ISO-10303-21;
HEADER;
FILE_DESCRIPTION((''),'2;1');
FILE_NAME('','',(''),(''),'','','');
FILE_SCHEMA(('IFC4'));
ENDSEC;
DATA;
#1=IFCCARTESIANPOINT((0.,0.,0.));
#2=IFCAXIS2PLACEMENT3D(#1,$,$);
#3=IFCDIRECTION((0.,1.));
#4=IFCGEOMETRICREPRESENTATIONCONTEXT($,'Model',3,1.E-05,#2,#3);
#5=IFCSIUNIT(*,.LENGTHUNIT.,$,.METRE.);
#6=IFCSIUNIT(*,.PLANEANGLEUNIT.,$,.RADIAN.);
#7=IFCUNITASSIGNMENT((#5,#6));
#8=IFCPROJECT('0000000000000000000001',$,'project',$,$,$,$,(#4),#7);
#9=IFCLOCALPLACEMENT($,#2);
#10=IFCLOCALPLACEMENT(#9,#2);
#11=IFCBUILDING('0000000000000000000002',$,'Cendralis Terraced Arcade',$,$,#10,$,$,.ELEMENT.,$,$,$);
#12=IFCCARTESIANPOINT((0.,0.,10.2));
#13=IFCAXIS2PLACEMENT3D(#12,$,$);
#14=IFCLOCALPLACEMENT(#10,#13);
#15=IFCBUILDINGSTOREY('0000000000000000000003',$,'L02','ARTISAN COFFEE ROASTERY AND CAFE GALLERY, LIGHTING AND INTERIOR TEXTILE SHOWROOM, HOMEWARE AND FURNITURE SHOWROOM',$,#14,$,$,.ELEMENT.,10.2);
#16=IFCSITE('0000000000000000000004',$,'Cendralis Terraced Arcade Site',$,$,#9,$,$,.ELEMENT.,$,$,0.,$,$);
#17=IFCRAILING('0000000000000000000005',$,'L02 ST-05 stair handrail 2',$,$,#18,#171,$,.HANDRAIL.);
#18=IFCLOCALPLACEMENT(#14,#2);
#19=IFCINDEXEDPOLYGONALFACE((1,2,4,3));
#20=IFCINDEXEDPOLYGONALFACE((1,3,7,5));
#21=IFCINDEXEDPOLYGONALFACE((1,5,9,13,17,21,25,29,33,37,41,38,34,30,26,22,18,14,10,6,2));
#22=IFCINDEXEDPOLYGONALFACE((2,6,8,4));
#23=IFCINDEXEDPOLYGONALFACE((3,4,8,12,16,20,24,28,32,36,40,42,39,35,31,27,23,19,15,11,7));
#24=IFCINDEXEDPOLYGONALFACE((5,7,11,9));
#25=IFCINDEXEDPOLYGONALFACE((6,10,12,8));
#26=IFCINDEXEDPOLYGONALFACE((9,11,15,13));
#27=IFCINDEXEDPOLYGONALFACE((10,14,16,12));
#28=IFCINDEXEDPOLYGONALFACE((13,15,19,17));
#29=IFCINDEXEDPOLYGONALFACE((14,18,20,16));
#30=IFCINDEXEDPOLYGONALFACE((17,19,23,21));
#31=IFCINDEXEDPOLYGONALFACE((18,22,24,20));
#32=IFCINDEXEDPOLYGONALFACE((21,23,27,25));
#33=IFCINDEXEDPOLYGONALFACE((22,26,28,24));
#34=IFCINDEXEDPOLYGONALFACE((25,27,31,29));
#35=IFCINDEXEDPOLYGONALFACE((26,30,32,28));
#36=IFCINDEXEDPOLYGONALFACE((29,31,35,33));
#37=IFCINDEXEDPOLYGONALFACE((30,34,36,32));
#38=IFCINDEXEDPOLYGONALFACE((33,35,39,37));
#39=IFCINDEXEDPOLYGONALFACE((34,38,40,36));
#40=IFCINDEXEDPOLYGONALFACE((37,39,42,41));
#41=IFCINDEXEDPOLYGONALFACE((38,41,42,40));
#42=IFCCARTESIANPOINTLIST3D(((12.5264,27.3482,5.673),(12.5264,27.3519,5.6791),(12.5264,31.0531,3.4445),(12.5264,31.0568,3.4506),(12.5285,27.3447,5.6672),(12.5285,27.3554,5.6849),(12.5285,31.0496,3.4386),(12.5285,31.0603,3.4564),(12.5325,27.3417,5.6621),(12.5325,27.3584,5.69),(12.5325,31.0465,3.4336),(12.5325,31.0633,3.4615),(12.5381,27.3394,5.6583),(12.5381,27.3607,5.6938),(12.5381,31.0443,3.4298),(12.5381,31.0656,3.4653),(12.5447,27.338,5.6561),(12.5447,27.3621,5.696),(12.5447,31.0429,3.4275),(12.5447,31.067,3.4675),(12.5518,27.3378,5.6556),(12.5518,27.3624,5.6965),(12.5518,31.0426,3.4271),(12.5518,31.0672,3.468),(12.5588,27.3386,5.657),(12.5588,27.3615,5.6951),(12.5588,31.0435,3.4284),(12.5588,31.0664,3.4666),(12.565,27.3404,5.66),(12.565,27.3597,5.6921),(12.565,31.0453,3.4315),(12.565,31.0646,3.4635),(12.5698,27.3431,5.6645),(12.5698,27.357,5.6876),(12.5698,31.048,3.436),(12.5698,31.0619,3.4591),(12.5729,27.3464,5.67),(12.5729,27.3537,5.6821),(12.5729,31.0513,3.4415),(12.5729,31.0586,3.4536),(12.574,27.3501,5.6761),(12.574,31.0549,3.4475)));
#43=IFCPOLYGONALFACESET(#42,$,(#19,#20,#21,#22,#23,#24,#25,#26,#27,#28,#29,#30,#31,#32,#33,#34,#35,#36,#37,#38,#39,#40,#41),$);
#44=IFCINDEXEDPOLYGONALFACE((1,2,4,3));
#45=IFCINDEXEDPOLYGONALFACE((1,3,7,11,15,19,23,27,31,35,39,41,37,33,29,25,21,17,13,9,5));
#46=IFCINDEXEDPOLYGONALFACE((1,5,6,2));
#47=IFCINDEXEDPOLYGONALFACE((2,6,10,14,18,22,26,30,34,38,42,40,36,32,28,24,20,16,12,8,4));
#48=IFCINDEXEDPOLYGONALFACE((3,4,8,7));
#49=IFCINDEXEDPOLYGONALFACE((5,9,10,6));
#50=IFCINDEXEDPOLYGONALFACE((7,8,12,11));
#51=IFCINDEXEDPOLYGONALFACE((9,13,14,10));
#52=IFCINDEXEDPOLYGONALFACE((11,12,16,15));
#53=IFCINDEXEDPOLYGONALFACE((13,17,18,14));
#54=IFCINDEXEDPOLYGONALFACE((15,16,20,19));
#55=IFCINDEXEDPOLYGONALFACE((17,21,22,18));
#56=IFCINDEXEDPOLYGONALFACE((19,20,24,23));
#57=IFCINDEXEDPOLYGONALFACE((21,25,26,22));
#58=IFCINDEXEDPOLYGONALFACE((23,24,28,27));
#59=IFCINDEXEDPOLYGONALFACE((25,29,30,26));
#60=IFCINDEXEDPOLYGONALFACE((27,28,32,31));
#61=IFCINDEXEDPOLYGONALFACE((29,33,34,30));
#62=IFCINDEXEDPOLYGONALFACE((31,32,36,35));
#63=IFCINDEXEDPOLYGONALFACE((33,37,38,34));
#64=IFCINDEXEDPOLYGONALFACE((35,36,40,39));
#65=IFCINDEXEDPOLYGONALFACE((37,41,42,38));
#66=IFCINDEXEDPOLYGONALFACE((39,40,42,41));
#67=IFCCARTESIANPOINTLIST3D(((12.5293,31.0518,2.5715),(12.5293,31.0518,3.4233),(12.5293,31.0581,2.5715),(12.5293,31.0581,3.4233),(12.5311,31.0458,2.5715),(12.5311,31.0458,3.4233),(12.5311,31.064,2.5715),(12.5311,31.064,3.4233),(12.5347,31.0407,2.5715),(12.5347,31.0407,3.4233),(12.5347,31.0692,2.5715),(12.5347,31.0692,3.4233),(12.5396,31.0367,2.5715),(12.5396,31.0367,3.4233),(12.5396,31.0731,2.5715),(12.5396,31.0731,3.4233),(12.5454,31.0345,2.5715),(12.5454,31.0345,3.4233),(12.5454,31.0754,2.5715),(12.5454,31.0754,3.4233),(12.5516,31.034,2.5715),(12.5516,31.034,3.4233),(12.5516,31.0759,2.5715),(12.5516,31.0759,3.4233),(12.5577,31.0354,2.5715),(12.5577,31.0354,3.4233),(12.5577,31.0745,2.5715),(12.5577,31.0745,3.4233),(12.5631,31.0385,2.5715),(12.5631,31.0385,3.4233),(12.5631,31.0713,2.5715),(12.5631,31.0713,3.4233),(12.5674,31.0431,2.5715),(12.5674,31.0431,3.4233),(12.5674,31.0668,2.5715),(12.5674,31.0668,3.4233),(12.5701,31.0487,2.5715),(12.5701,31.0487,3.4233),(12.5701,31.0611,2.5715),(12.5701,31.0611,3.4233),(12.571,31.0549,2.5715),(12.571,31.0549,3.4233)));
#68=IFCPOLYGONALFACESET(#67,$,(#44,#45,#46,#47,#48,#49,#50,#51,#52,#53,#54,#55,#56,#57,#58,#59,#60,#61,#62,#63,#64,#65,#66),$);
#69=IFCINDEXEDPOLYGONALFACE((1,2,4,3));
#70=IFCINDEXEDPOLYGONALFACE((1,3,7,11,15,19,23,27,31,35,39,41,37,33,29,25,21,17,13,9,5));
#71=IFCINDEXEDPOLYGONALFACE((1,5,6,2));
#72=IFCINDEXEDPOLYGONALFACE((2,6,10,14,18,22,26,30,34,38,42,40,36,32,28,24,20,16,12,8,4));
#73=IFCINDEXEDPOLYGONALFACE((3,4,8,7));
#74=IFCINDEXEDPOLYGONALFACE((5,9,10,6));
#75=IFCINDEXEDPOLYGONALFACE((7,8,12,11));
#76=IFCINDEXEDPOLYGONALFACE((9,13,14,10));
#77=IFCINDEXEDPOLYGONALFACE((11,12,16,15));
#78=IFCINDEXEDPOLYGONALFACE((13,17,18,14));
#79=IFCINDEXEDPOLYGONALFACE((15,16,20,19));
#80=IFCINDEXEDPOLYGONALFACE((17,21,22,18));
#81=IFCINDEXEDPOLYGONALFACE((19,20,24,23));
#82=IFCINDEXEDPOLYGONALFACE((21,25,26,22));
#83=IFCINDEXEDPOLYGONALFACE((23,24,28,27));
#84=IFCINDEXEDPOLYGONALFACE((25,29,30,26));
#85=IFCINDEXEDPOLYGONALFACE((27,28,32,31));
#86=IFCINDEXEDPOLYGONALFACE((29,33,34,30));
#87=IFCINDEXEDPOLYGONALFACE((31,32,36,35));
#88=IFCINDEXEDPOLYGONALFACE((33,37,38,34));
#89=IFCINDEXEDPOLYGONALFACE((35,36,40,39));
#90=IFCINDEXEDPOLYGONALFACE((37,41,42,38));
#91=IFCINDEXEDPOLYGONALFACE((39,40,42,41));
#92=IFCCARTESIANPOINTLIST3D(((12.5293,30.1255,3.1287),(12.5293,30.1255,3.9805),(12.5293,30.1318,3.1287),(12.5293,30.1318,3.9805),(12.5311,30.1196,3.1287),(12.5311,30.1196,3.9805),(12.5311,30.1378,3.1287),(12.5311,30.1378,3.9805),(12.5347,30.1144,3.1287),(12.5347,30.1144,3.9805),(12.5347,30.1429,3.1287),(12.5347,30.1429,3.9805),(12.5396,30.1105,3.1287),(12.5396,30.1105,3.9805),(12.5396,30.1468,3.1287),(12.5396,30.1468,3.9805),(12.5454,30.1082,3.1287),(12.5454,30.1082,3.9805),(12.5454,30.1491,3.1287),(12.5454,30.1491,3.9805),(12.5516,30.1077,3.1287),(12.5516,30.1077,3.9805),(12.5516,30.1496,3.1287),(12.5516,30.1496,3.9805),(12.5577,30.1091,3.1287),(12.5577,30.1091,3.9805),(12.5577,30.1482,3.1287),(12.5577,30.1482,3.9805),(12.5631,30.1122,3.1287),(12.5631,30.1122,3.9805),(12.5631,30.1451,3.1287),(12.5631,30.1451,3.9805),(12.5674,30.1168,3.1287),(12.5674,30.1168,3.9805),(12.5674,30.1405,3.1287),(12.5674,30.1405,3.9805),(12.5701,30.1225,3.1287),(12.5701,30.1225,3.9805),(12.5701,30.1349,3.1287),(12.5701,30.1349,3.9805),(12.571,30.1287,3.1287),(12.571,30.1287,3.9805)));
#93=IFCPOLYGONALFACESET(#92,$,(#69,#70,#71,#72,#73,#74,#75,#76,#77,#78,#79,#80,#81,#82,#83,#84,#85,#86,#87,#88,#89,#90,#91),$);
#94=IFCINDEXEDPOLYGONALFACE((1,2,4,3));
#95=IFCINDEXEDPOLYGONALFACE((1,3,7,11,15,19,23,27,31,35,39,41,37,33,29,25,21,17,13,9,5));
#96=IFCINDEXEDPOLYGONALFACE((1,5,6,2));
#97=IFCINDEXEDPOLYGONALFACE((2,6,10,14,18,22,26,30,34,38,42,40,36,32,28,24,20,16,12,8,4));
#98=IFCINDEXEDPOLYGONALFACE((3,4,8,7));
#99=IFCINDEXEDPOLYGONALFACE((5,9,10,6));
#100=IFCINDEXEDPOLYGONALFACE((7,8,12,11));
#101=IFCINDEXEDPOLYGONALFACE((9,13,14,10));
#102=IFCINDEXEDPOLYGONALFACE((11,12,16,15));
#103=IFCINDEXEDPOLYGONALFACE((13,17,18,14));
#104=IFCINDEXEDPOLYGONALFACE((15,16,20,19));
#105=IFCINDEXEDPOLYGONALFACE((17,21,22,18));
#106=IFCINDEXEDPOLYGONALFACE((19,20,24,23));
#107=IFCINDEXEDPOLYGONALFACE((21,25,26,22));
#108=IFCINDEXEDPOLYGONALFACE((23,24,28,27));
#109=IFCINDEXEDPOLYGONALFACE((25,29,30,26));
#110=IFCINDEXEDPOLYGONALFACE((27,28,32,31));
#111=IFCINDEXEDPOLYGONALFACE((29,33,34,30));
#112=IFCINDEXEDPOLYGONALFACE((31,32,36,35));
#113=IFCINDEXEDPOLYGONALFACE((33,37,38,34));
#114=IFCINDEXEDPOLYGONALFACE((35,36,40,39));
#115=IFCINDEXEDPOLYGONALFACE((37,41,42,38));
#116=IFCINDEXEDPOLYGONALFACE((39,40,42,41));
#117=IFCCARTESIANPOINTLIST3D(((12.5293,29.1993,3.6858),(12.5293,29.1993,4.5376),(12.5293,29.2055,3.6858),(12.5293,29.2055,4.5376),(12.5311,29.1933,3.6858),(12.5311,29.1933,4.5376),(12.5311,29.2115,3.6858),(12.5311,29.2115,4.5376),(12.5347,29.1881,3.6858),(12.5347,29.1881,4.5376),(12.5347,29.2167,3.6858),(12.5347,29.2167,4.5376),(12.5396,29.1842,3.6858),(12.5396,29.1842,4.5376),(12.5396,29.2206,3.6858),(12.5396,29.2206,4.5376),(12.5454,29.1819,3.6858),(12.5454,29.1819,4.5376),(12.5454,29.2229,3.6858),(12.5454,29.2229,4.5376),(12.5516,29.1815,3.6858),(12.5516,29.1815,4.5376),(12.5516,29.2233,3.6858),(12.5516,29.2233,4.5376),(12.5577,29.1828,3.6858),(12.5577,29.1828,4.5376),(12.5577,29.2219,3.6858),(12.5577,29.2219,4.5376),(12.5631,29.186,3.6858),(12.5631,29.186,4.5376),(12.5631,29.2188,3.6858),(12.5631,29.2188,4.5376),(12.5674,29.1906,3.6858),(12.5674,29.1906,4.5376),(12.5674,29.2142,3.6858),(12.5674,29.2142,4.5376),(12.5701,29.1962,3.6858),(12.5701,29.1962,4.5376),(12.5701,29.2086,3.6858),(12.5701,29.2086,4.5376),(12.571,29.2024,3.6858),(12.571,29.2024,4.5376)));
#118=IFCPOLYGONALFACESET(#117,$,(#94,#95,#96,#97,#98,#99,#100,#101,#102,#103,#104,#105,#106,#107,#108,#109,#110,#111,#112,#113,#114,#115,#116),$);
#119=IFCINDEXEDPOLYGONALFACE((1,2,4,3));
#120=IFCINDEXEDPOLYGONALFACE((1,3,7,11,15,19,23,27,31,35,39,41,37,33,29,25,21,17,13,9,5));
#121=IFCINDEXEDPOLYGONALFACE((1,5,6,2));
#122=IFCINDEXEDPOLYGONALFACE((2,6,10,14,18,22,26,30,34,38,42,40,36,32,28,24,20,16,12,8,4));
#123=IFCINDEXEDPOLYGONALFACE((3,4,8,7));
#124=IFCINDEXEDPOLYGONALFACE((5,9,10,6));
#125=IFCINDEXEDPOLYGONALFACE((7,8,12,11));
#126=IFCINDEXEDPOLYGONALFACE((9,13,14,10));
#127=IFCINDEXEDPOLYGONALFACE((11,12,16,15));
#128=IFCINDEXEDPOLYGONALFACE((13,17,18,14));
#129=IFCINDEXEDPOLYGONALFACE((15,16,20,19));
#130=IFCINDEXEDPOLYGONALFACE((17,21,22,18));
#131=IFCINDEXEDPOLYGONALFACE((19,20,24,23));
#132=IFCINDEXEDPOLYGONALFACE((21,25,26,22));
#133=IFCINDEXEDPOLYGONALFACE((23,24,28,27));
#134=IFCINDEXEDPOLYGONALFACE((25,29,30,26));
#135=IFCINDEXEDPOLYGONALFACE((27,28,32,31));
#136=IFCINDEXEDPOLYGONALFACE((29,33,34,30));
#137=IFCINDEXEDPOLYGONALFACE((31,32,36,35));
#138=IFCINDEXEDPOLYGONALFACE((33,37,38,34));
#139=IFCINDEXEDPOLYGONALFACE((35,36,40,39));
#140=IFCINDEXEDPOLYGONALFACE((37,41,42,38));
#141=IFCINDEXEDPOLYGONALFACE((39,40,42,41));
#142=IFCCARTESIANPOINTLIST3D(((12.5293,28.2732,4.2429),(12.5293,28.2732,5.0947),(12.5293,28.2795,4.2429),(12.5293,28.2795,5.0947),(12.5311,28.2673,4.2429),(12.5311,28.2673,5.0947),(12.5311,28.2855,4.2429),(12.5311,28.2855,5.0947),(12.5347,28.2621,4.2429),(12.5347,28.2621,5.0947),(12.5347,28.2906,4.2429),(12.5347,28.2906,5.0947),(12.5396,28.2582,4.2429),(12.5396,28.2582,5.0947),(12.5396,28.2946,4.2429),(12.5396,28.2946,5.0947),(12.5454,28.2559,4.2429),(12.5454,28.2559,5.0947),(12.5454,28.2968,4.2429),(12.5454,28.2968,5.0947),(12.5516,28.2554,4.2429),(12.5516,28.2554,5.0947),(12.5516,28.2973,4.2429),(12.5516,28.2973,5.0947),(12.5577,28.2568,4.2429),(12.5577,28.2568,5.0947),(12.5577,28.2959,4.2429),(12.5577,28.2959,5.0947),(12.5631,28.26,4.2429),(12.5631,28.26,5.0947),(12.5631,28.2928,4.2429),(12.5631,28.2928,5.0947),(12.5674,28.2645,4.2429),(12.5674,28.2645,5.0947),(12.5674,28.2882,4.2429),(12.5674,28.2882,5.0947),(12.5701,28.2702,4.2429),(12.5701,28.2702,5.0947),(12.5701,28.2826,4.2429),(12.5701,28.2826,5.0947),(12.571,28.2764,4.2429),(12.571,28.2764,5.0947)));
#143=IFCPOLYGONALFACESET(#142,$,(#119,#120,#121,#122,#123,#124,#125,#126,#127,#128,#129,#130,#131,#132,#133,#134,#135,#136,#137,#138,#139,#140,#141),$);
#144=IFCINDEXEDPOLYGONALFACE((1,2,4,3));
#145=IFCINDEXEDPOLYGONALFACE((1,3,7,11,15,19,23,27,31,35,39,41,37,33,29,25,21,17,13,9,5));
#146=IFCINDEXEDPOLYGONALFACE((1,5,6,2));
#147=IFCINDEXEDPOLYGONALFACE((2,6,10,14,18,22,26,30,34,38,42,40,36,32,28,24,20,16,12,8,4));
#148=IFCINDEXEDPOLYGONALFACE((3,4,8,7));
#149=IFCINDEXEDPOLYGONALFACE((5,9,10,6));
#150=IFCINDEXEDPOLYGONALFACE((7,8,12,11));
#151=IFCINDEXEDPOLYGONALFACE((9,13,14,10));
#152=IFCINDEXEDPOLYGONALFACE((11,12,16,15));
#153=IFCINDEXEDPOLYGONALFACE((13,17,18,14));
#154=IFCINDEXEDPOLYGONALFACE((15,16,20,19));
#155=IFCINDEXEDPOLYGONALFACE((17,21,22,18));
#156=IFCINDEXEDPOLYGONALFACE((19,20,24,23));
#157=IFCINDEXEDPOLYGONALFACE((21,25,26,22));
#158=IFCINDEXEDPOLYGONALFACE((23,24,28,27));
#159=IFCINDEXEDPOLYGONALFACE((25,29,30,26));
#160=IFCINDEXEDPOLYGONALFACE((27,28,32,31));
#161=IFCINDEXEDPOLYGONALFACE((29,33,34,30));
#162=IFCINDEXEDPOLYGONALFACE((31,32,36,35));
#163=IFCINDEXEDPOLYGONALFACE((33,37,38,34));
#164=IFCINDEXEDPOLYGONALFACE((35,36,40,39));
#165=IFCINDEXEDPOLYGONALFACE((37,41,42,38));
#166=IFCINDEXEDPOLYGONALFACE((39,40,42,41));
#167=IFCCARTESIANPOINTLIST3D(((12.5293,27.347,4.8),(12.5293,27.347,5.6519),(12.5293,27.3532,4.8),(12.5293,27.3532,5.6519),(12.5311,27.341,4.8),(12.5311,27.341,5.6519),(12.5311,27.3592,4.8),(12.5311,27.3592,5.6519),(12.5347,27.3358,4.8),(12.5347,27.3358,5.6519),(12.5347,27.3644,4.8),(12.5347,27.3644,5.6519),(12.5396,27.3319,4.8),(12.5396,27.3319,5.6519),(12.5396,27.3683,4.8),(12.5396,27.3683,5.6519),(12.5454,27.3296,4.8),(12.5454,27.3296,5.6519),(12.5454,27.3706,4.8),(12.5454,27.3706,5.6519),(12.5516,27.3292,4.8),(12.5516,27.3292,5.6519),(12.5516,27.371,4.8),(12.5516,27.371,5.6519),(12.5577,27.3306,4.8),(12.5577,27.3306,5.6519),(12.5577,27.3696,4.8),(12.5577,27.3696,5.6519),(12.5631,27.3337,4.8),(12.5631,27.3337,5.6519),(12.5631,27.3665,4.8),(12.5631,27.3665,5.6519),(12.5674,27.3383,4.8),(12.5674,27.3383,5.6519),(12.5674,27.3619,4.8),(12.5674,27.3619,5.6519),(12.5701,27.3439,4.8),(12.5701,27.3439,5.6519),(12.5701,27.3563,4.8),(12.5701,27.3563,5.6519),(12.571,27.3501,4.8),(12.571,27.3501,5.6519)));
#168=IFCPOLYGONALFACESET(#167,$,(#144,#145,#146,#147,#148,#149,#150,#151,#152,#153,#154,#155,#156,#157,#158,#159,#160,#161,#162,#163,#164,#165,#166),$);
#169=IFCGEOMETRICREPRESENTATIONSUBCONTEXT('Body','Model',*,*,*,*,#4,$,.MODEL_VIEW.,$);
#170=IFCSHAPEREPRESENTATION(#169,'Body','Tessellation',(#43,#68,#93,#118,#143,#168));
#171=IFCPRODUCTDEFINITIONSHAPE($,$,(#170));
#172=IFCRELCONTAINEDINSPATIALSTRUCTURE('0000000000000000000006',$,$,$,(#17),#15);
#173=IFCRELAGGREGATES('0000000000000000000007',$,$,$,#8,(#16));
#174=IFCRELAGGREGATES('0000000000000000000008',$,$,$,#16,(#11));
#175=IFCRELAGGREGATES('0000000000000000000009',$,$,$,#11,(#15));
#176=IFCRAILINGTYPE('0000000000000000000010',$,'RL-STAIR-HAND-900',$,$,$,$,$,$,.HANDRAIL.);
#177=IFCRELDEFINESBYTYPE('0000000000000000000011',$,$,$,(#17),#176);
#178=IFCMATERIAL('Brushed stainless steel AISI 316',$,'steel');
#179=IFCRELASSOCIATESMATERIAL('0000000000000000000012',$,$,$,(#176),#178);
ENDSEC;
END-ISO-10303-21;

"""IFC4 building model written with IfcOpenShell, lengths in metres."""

from ifc_helpers import new_model, si_unit, direction, frame, origin, origin_2d, place, context, subcontext, project, spatial, circle, extrude, material, type_object, element, save


model = new_model("IFC4")

# Units and contexts
model_context = context("Model", 3, precision=1e-05, world=origin(), true_north=direction((0.0, 1.0)))
body_context = subcontext(model_context, "Body", "Model", "MODEL_VIEW")
ifc_project = project(units=[si_unit("LENGTHUNIT", "METRE"), si_unit("PLANEANGLEUNIT", "RADIAN")], contexts=[model_context])

# Site, building, storey
site_placement = place(None, origin())
site = spatial("IfcSite", under=ifc_project, at=site_placement, Name="Cendralis Terraced Arcade Site", CompositionType="ELEMENT", RefElevation=0.0)
building_placement = place(site_placement, origin())
building = spatial("IfcBuilding", under=site, at=building_placement, Name="Cendralis Terraced Arcade", CompositionType="ELEMENT")
storey_placement = place(building_placement, frame((0.0, 0.0, 10.2)))
storey = spatial("IfcBuildingStorey", under=building, at=storey_placement, Name="L02", Description="ARTISAN COFFEE ROASTERY AND CAFE GALLERY, LIGHTING AND INTERIOR TEXTILE SHOWROOM, HOMEWARE AND FURNITURE SHOWROOM", CompositionType="ELEMENT", Elevation=10.2)

# Railing
ifc_material_1 = material(Name="Brushed stainless steel AISI 316", Category="steel")
railing_type_1 = type_object("IfcRailingType", Name="RL-STAIR-HAND-900", PredefinedType="HANDRAIL", material=ifc_material_1)
railing_1_placement = place(storey_placement, frame((12.55, 31.0549, 2.5715)))
element("IfcRailing", 1, at=railing_1_placement, inside=storey, type_object=railing_type_1, Name="L02 ST-05 stair handrail 2", PredefinedType="HANDRAIL", context=body_context, shape_type="SweptSolid", body=[
    extrude(circle(Radius=0.0239, at=origin_2d()), frame((0.0, 0.0, 0.876), z_axis=(0.0, -0.856919, 0.51545), x_axis=(1.0, 0.0, 0.0)), (0.0, 0.0, 1.0), 4.3235),
    extrude(circle(Radius=0.021, at=origin_2d()), origin(), (0.0, 0.0, 1.0), 0.8518),
    extrude(circle(Radius=0.021, at=origin_2d()), frame((0.0, -0.9263, 0.5571)), (0.0, 0.0, 1.0), 0.8518),
    extrude(circle(Radius=0.021, at=origin_2d()), frame((0.0, -1.8525, 1.1143)), (0.0, 0.0, 1.0), 0.8518),
    extrude(circle(Radius=0.021, at=origin_2d()), frame((0.0, -2.7786, 1.6714)), (0.0, 0.0, 1.0), 0.8518),
    extrude(circle(Radius=0.021, at=origin_2d()), frame((0.0, -3.7048, 2.2285)), (0.0, 0.0, 1.0), 0.8518),
])

save(model, "model.ifc")
